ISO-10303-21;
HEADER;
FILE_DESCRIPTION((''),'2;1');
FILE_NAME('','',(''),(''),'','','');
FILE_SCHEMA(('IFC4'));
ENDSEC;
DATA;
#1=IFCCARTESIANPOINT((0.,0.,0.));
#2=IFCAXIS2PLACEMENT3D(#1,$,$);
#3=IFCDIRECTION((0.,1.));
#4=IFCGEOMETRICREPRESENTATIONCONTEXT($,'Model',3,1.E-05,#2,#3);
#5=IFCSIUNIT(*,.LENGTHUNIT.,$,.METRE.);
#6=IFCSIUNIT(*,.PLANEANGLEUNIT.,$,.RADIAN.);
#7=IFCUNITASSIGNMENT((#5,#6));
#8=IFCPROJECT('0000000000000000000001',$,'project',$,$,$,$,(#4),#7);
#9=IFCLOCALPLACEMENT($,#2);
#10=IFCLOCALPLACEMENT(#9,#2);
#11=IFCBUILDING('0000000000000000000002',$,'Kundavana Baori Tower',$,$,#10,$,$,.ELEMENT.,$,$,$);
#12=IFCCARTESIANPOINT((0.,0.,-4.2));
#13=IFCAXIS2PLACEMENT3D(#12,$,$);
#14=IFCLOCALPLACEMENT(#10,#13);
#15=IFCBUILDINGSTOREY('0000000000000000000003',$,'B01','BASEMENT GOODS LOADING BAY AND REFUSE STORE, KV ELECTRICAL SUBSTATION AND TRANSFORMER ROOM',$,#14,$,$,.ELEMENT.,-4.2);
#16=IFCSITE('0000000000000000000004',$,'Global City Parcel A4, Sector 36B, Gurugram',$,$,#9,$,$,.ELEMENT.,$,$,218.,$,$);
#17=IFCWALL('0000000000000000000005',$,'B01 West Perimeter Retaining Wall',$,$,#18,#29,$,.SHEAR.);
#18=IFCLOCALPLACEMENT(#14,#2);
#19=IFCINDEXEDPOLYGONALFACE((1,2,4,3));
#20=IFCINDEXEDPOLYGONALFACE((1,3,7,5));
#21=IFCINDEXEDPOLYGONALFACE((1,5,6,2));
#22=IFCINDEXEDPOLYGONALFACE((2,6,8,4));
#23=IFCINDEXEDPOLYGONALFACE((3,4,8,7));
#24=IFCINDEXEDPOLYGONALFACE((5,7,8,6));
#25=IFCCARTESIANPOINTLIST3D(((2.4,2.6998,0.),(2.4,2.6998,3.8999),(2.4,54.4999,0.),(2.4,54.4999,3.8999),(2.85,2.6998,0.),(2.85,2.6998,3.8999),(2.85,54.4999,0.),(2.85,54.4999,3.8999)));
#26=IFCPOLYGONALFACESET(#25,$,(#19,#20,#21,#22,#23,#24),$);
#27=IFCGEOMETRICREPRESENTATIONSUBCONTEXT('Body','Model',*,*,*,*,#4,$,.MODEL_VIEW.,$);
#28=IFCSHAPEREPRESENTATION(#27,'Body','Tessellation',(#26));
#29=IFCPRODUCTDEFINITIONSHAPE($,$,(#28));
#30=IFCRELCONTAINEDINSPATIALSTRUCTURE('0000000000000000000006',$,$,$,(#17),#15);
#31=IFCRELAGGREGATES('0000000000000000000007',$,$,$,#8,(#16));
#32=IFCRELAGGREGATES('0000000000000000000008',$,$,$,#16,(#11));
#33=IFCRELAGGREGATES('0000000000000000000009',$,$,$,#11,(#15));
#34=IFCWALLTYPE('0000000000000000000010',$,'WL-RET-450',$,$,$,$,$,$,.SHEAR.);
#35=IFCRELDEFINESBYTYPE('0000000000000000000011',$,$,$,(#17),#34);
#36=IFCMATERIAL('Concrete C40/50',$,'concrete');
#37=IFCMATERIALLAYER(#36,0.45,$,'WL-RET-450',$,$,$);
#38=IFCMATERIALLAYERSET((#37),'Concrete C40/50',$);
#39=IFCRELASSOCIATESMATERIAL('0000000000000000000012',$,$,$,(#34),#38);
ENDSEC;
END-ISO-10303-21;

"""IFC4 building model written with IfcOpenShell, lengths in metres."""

from ifc_helpers import new_model, si_unit, direction, frame, frame_2d, origin, place, context, subcontext, project, spatial, rectangle, extrude, material, layer, layer_set, type_object, element, save


model = new_model("IFC4")

# Units and contexts
model_context = context("Model", 3, precision=1e-05, world=origin(), true_north=direction((0.0, 1.0)))
body_context = subcontext(model_context, "Body", "Model", "MODEL_VIEW")
ifc_project = project(units=[si_unit("LENGTHUNIT", "METRE"), si_unit("PLANEANGLEUNIT", "RADIAN")], contexts=[model_context])

# Site, building, storey
site_placement = place(None, origin())
site = spatial("IfcSite", under=ifc_project, at=site_placement, Name="Global City Parcel A4, Sector 36B, Gurugram", CompositionType="ELEMENT", RefElevation=218.0)
building_placement = place(site_placement, origin())
building = spatial("IfcBuilding", under=site, at=building_placement, Name="Kundavana Baori Tower", CompositionType="ELEMENT")
storey_placement = place(building_placement, frame((0.0, 0.0, -4.2)))
storey = spatial("IfcBuildingStorey", under=building, at=storey_placement, Name="B01", Description="BASEMENT GOODS LOADING BAY AND REFUSE STORE, KV ELECTRICAL SUBSTATION AND TRANSFORMER ROOM", CompositionType="ELEMENT", Elevation=-4.2)

# Wall
ifc_material_1 = material(Name="Concrete C40/50", Category="concrete")
ifc_layer_1 = layer(ifc_material_1, 0.45, Name="WL-RET-450")
ifc_layer_set_1 = layer_set([ifc_layer_1], Name="Concrete C40/50")
wall_type_1 = type_object("IfcWallType", Name="WL-RET-450", PredefinedType="SHEAR", material=ifc_layer_set_1)
wall_1_placement = place(storey_placement, frame((2.625, 2.7, 0.0), z_axis=(0.0, 0.0, 1.0), x_axis=(0.0, 1.0, 0.0)))
element("IfcWall", 1, at=wall_1_placement, inside=storey, type_object=wall_type_1, Name="B01 West Perimeter Retaining Wall", PredefinedType="SHEAR", context=body_context, shape_type="SweptSolid", body=[
    extrude(rectangle(XDim=51.8, YDim=0.45, at=frame_2d((25.8999, 0.0))), origin(), (0.0, 0.0, 1.0), 3.8999),
])

save(model, "model.ifc")
